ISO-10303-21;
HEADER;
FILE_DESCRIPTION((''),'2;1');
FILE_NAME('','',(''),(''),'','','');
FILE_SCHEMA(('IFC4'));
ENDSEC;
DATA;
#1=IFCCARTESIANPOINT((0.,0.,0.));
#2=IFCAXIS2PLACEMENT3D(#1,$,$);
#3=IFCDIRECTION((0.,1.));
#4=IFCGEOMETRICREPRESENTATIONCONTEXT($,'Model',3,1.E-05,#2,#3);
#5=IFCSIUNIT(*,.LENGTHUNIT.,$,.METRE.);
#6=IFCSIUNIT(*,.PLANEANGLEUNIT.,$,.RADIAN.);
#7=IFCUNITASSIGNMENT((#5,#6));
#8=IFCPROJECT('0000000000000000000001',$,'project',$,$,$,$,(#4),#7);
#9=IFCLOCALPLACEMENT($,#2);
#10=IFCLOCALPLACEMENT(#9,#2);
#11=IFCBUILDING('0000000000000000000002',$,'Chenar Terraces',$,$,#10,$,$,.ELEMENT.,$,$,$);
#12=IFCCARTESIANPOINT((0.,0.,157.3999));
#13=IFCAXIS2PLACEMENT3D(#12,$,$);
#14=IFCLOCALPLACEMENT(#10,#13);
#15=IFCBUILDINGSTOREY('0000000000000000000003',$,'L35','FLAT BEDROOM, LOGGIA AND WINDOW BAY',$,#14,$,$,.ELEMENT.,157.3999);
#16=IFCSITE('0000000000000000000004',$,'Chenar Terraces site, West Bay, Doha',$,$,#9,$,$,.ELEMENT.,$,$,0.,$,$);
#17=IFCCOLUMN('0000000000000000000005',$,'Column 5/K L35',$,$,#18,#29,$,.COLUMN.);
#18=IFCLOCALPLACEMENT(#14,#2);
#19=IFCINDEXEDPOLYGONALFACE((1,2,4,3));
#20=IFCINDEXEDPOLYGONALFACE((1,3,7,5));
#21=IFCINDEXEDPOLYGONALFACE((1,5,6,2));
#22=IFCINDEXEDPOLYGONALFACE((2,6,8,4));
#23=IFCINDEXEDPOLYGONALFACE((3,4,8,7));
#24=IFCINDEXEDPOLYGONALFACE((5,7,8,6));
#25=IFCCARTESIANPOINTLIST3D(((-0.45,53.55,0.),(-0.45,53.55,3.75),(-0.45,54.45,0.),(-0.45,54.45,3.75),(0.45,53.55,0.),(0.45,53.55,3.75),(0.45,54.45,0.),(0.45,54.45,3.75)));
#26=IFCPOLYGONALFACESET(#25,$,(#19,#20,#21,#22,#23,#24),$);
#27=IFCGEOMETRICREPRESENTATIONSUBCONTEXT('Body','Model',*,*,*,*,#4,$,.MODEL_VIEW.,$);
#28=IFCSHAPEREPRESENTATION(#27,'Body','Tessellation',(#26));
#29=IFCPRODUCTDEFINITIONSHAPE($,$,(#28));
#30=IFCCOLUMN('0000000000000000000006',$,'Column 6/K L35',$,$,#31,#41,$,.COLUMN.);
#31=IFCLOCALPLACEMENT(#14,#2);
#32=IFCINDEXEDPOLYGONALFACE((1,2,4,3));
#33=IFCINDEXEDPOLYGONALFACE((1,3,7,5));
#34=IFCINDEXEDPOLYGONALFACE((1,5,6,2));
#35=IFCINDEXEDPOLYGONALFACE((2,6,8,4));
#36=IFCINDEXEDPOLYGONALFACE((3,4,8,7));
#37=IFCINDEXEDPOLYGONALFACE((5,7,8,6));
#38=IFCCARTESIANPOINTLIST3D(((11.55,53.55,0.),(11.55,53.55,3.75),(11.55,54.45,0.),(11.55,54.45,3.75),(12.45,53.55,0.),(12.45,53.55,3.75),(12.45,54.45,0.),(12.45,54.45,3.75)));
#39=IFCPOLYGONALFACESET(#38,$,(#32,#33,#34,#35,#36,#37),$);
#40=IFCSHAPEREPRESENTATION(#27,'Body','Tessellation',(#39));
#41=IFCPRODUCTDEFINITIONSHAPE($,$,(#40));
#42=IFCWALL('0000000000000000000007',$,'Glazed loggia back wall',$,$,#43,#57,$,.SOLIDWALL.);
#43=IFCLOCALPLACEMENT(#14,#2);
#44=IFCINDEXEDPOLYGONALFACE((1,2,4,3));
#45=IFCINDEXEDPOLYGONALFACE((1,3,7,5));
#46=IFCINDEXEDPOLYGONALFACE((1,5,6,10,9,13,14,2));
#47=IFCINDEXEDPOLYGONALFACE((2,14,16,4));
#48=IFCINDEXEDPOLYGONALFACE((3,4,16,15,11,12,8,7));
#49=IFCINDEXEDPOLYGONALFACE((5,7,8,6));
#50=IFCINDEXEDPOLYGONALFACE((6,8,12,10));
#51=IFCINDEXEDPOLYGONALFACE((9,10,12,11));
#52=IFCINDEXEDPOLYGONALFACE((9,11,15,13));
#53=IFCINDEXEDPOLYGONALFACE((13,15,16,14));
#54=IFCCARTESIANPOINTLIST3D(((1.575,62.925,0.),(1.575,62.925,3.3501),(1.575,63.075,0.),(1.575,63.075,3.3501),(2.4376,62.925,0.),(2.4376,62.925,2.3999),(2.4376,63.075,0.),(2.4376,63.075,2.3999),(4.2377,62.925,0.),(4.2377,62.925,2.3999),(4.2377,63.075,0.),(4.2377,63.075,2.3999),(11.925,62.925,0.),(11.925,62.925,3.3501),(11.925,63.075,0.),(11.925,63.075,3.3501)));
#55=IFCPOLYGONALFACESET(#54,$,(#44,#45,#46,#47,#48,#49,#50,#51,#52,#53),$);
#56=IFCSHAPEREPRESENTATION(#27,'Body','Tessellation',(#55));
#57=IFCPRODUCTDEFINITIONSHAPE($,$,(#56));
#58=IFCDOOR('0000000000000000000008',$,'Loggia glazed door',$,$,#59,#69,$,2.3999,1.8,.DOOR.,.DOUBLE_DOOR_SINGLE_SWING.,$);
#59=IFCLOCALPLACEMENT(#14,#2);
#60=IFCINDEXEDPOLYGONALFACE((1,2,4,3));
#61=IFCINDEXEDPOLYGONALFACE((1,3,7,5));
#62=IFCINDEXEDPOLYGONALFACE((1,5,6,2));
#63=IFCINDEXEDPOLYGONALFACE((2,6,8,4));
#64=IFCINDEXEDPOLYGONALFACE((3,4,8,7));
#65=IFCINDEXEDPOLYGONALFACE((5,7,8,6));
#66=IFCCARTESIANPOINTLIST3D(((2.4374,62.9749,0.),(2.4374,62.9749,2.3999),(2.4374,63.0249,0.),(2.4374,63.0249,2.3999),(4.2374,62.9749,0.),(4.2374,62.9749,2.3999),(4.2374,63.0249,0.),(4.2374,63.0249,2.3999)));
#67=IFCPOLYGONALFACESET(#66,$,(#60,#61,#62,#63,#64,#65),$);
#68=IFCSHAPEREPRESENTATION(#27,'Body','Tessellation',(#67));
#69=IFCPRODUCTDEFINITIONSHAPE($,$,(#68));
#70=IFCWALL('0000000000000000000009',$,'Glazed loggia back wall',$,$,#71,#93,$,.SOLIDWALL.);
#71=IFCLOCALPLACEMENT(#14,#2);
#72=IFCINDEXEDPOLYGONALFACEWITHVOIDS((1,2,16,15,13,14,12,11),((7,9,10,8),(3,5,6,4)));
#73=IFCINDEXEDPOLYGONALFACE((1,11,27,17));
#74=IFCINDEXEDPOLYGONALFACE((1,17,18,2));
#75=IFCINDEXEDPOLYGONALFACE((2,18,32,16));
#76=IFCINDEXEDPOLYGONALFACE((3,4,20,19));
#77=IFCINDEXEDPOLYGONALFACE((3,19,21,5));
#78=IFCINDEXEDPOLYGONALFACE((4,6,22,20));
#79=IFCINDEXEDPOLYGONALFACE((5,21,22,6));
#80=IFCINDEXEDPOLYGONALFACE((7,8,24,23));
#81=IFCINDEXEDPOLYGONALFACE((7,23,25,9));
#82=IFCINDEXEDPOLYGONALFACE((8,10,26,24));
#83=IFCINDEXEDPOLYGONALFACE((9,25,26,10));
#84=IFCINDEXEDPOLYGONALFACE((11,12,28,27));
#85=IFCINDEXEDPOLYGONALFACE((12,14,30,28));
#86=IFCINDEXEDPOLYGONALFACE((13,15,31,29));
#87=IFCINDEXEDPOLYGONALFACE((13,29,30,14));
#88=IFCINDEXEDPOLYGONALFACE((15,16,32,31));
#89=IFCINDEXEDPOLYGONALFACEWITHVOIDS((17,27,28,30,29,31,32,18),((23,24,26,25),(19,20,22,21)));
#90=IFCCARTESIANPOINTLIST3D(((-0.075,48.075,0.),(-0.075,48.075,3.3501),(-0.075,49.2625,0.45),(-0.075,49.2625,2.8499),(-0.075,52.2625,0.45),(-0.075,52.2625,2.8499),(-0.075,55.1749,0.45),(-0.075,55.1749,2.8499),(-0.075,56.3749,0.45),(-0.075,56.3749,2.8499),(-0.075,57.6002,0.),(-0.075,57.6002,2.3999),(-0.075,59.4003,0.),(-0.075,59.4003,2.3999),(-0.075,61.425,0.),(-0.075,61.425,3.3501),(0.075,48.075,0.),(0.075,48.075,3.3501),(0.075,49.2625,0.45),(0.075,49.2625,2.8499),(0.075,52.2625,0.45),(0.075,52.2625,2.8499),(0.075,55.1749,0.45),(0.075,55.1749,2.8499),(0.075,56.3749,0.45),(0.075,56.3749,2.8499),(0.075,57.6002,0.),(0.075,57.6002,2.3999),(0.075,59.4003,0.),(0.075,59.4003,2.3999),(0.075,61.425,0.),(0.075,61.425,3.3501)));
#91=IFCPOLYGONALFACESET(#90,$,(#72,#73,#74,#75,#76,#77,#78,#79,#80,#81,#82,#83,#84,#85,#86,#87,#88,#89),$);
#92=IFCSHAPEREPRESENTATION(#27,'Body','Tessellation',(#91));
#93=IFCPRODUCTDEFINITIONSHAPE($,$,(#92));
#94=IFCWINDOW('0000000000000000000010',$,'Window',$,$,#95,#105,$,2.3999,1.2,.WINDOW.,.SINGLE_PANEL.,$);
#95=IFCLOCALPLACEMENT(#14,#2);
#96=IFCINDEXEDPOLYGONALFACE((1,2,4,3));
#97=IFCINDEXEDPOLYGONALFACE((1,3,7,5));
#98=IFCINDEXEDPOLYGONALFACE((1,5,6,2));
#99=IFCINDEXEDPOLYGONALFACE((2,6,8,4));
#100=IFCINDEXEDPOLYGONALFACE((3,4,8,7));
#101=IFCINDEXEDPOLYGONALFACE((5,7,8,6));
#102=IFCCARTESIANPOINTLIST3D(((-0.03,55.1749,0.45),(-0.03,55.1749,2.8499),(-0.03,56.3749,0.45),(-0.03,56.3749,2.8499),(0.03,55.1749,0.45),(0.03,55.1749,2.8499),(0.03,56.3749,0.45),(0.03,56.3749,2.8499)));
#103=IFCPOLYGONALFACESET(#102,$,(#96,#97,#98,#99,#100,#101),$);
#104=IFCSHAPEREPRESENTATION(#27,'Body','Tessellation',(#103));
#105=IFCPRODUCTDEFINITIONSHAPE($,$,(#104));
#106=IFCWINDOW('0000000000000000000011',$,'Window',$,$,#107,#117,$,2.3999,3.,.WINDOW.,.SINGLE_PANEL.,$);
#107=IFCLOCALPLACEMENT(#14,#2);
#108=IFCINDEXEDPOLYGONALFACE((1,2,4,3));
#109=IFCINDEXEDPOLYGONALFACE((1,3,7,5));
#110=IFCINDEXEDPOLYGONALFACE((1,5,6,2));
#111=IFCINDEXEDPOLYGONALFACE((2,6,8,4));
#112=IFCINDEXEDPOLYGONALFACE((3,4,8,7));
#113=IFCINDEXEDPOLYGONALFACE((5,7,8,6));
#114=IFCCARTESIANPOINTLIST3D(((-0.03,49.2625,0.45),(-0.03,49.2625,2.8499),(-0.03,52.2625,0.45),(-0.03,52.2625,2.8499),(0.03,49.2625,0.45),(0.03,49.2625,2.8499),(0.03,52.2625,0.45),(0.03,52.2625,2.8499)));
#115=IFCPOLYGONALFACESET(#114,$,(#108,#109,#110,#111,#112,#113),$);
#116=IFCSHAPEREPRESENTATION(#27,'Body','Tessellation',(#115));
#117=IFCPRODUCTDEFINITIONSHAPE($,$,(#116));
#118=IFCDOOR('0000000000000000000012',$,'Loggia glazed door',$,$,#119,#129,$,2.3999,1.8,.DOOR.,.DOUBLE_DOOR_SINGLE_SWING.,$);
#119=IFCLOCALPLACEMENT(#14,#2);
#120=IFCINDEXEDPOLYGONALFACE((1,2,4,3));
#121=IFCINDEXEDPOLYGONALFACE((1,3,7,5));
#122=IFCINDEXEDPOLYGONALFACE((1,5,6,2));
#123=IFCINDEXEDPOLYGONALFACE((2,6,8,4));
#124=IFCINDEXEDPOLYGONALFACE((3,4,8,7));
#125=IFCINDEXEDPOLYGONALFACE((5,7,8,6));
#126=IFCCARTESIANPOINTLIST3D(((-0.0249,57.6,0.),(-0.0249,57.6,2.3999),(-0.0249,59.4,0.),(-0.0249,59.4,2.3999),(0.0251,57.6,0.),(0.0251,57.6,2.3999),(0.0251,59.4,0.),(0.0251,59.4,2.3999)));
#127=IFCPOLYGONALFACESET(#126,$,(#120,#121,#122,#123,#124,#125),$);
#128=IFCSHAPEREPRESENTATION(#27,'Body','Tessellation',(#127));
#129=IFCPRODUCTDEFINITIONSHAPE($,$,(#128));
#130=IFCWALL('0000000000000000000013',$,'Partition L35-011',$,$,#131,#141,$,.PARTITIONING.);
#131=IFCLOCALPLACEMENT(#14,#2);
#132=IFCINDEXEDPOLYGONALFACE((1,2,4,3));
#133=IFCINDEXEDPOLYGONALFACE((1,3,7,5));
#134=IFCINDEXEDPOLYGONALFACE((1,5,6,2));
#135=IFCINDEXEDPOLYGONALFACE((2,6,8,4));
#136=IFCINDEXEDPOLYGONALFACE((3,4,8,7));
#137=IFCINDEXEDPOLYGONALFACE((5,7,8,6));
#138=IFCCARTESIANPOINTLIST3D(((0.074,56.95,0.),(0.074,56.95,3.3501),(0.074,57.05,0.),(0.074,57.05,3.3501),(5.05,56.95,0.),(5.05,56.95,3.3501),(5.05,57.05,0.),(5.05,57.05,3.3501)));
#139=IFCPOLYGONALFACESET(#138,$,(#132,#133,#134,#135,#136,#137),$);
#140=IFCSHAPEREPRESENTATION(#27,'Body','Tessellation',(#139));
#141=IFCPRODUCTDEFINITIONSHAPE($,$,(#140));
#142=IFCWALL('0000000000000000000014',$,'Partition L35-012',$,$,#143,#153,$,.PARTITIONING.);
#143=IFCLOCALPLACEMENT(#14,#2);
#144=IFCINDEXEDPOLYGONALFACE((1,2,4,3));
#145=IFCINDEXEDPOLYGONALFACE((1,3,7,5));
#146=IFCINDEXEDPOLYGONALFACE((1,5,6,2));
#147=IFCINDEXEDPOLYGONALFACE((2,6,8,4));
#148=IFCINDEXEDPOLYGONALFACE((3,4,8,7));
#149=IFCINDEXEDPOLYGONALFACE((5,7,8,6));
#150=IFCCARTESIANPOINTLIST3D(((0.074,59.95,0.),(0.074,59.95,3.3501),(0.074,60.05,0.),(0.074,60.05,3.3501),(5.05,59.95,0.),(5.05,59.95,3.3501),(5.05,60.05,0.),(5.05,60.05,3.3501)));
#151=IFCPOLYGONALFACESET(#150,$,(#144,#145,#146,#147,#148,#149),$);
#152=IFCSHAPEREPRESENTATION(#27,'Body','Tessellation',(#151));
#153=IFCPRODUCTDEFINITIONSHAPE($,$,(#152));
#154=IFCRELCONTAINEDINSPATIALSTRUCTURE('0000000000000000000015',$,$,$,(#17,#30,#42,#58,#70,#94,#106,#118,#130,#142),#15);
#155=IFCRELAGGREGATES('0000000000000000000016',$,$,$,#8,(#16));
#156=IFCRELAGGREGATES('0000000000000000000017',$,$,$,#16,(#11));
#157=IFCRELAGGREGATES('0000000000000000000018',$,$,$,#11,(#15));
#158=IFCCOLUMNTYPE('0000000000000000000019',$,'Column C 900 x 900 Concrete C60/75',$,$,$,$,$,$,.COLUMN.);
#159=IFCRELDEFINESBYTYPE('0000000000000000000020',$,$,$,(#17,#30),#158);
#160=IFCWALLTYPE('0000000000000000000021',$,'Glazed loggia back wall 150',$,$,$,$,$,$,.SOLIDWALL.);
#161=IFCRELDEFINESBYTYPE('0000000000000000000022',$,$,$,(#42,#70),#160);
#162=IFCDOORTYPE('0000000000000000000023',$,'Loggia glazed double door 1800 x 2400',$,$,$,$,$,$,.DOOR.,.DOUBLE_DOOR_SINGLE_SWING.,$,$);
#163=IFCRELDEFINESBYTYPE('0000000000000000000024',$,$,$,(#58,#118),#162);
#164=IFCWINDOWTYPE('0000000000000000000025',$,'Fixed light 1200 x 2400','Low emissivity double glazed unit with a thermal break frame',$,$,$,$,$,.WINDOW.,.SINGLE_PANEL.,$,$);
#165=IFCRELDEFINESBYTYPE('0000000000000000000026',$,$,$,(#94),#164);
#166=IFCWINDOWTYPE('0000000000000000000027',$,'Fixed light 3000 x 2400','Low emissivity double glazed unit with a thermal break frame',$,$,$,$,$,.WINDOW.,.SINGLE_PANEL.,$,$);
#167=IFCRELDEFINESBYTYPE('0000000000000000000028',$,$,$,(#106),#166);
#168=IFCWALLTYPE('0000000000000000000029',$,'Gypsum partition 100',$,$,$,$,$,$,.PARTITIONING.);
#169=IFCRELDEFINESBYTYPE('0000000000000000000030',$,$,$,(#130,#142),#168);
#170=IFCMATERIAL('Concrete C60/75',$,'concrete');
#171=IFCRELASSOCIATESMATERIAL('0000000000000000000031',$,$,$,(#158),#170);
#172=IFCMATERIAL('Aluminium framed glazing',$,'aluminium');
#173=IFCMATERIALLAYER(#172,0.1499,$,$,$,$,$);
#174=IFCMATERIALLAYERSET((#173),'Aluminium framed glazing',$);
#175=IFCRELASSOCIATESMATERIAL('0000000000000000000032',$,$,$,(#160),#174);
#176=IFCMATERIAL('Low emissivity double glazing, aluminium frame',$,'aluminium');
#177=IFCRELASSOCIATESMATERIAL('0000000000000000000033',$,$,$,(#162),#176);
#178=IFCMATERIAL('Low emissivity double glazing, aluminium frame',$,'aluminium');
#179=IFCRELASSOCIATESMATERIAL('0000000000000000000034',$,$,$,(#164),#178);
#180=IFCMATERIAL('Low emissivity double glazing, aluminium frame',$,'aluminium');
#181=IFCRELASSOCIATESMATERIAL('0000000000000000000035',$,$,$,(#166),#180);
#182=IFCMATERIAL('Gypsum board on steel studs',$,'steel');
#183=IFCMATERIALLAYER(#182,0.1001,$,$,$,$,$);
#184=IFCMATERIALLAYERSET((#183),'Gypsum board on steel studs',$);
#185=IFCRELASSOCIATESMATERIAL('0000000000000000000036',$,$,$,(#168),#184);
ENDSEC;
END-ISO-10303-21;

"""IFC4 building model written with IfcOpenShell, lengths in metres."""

from ifc_helpers import new_model, si_unit, direction, frame, frame_2d, origin, origin_2d, place, context, subcontext, project, spatial, rectangle, extrude, material, layer, layer_set, material_profile, profile_set, type_object, element, fill, save


model = new_model("IFC4")

# Units and contexts
model_context = context("Model", 3, precision=1e-05, world=origin(), true_north=direction((0.0, 1.0)))
body_context = subcontext(model_context, "Body", "Model", "MODEL_VIEW")
ifc_project = project(units=[si_unit("LENGTHUNIT", "METRE"), si_unit("PLANEANGLEUNIT", "RADIAN")], contexts=[model_context])

# Site, building, storey
site_placement = place(None, origin())
site = spatial("IfcSite", under=ifc_project, at=site_placement, Name="Chenar Terraces site, West Bay, Doha", CompositionType="ELEMENT", RefElevation=0.0)
building_placement = place(site_placement, origin())
building = spatial("IfcBuilding", under=site, at=building_placement, Name="Chenar Terraces", CompositionType="ELEMENT")
storey_placement = place(building_placement, frame((0.0, 0.0, 157.3999)))
storey = spatial("IfcBuildingStorey", under=building, at=storey_placement, Name="L35", Description="FLAT BEDROOM, LOGGIA AND WINDOW BAY", CompositionType="ELEMENT", Elevation=157.3999)

# Columns
ifc_material_1 = material(Name="Concrete C60/75", Category="concrete")
ifc_material_profile_1 = material_profile(ifc_material_1, rectangle(XDim=0.8999, YDim=0.8999, at=origin_2d()), Name="C 900 x 900")
ifc_profile_set_1 = profile_set([ifc_material_profile_1], Name="Concrete C60/75")
column_type = type_object("IfcColumnType", Name="Column C 900 x 900 Concrete C60/75", PredefinedType="COLUMN", material=ifc_profile_set_1)
for number, where, z_axis, x_axis, name in (
    (1, (0.0, 54.0, 0.0), (0.0, 0.0, 1.0), (1.0, 0.0, 0.0), "Column 5/K L35"),
    (2, (12.0, 54.0, 0.0), (0.0, 0.0, 1.0), (1.0, 0.0, 0.0), "Column 6/K L35"),
):
    element("IfcColumn", number, at=place(storey_placement, frame(where, z_axis=z_axis, x_axis=x_axis)), inside=storey, type_object=column_type, Name=name, PredefinedType="COLUMN", context=body_context, shape_type="SweptSolid", body=[
        extrude(rectangle(XDim=0.8999, YDim=0.8999, at=origin_2d()), origin(), (0.0, 0.0, 1.0), 3.75),
    ])

# Wall, opening, door
ifc_material_2 = material(Name="Aluminium framed glazing", Category="aluminium")
ifc_layer_1 = layer(ifc_material_2, 0.1499)
ifc_layer_set_1 = layer_set([ifc_layer_1], Name="Aluminium framed glazing")
wall_type_1 = type_object("IfcWallType", Name="Glazed loggia back wall 150", PredefinedType="SOLIDWALL", material=ifc_layer_set_1)
wall_1_placement = place(storey_placement, frame((11.925, 63.0, 0.0), z_axis=(0.0, 0.0, 1.0), x_axis=(-1.0, 0.0, 0.0)))
wall_1 = element("IfcWall", 3, at=wall_1_placement, inside=storey, type_object=wall_type_1, Name="Glazed loggia back wall", PredefinedType="SOLIDWALL", context=body_context, shape_type="SweptSolid", body=[
    extrude(rectangle(XDim=10.3501, YDim=0.1499, at=frame_2d((5.175, 0.0))), origin(), (0.0, 0.0, 1.0), 3.3501),
])
opening_1_placement = place(wall_1_placement, frame((7.6875, 0.0, 0.0)))
opening_1 = element("IfcOpeningElement", 4, at=opening_1_placement, cuts=wall_1, PredefinedType="OPENING", context=body_context, shape_type="SweptSolid", body=[
    extrude(rectangle(XDim=1.8, YDim=2.3999, at=frame_2d((0.8999, 1.2))), frame((0.0, 0.085, 0.0), z_axis=(0.0, -1.0, 0.0), x_axis=(1.0, 0.0, 0.0)), (0.0, 0.0, 1.0), 0.1699),
])
ifc_material_3 = material(Name="Low emissivity double glazing, aluminium frame", Category="aluminium")
door_type_1 = type_object("IfcDoorType", Name="Loggia glazed double door 1800 x 2400", OperationType="DOUBLE_DOOR_SINGLE_SWING", PredefinedType="DOOR", material=ifc_material_3)
door_1_placement = place(opening_1_placement, frame((1.8, 0.0, 0.0), z_axis=(0.0, 0.0, 1.0), x_axis=(-1.0, 0.0, 0.0)))
door_1 = element("IfcDoor", 5, at=door_1_placement, inside=storey, type_object=door_type_1, Name="Loggia glazed door", OperationType="DOUBLE_DOOR_SINGLE_SWING", OverallHeight=2.3999, OverallWidth=1.8, PredefinedType="DOOR", context=body_context, shape_type="SweptSolid", body=[
    extrude(rectangle(XDim=1.8, YDim=2.3999, at=frame_2d((0.8999, 1.2))), frame((0.0, 0.0249, 0.0), z_axis=(0.0, -1.0, 0.0), x_axis=(1.0, 0.0, 0.0)), (0.0, 0.0, 1.0), 0.05),
])
fill(opening_1, door_1)

# Wall, openings, windows, door
wall_2_placement = place(storey_placement, frame((0.0, 61.425, 0.0), z_axis=(0.0, 0.0, 1.0), x_axis=(0.0, -1.0, 0.0)))
wall_2 = element("IfcWall", 6, at=wall_2_placement, inside=storey, type_object=wall_type_1, Name="Glazed loggia back wall", PredefinedType="SOLIDWALL", context=body_context, shape_type="SweptSolid", body=[
    extrude(rectangle(XDim=13.3501, YDim=0.1499, at=frame_2d((6.675, 0.0))), origin(), (0.0, 0.0, 1.0), 3.3501),
])
opening_2_placement = place(wall_2_placement, frame((2.0249, 0.0, 0.0)))
opening_2 = element("IfcOpeningElement", 7, at=opening_2_placement, cuts=wall_2, PredefinedType="OPENING", context=body_context, shape_type="SweptSolid", body=[
    extrude(rectangle(XDim=1.8, YDim=2.3999, at=frame_2d((0.8999, 1.2))), frame((0.0, 0.085, 0.0), z_axis=(0.0, -1.0, 0.0), x_axis=(1.0, 0.0, 0.0)), (0.0, 0.0, 1.0), 0.1699),
])
opening_3_placement = place(wall_2_placement, frame((5.05, 0.0, 0.45)))
opening_3 = element("IfcOpeningElement", 8, at=opening_3_placement, cuts=wall_2, PredefinedType="OPENING", context=body_context, shape_type="SweptSolid", body=[
    extrude(rectangle(XDim=1.2, YDim=2.3999, at=frame_2d((0.6001, 1.2))), frame((0.0, 0.085, 0.0), z_axis=(0.0, -1.0, 0.0), x_axis=(1.0, 0.0, 0.0)), (0.0, 0.0, 1.0), 0.1699),
])
opening_4_placement = place(wall_2_placement, frame((9.1626, 0.0, 0.45)))
opening_4 = element("IfcOpeningElement", 9, at=opening_4_placement, cuts=wall_2, PredefinedType="OPENING", context=body_context, shape_type="SweptSolid", body=[
    extrude(rectangle(XDim=3.0, YDim=2.3999, at=frame_2d((1.5, 1.2))), frame((0.0, 0.085, 0.0), z_axis=(0.0, -1.0, 0.0), x_axis=(1.0, 0.0, 0.0)), (0.0, 0.0, 1.0), 0.1699),
])
ifc_material_4 = material(Name="Low emissivity double glazing, aluminium frame", Category="aluminium")
window_type_1 = type_object("IfcWindowType", Name="Fixed light 1200 x 2400", Description="Low emissivity double glazed unit with a thermal break frame", PartitioningType="SINGLE_PANEL", PredefinedType="WINDOW", material=ifc_material_4)
window_1_placement = place(opening_3_placement, origin())
window_1 = element("IfcWindow", 10, at=window_1_placement, inside=storey, type_object=window_type_1, Name="Window", OverallHeight=2.3999, OverallWidth=1.2, PartitioningType="SINGLE_PANEL", PredefinedType="WINDOW", context=body_context, shape_type="SweptSolid", body=[
    extrude(rectangle(XDim=1.2, YDim=2.3999, at=frame_2d((0.6001, 1.2))), frame((0.0, 0.03, 0.0), z_axis=(0.0, -1.0, 0.0), x_axis=(1.0, 0.0, 0.0)), (0.0, 0.0, 1.0), 0.0601),
])
fill(opening_3, window_1)
ifc_material_5 = material(Name="Low emissivity double glazing, aluminium frame", Category="aluminium")
window_type_2 = type_object("IfcWindowType", Name="Fixed light 3000 x 2400", Description="Low emissivity double glazed unit with a thermal break frame", PartitioningType="SINGLE_PANEL", PredefinedType="WINDOW", material=ifc_material_5)
window_2_placement = place(opening_4_placement, origin())
window_2 = element("IfcWindow", 11, at=window_2_placement, inside=storey, type_object=window_type_2, Name="Window", OverallHeight=2.3999, OverallWidth=3.0, PartitioningType="SINGLE_PANEL", PredefinedType="WINDOW", context=body_context, shape_type="SweptSolid", body=[
    extrude(rectangle(XDim=3.0, YDim=2.3999, at=frame_2d((1.5, 1.2))), frame((0.0, 0.03, 0.0), z_axis=(0.0, -1.0, 0.0), x_axis=(1.0, 0.0, 0.0)), (0.0, 0.0, 1.0), 0.0601),
])
fill(opening_4, window_2)
door_2_placement = place(opening_2_placement, frame((1.8, 0.0, 0.0), z_axis=(0.0, 0.0, 1.0), x_axis=(-1.0, 0.0, 0.0)))
door_2 = element("IfcDoor", 12, at=door_2_placement, inside=storey, type_object=door_type_1, Name="Loggia glazed door", OperationType="DOUBLE_DOOR_SINGLE_SWING", OverallHeight=2.3999, OverallWidth=1.8, PredefinedType="DOOR", context=body_context, shape_type="SweptSolid", body=[
    extrude(rectangle(XDim=1.8, YDim=2.3999, at=frame_2d((0.8999, 1.2))), frame((0.0, 0.0249, 0.0), z_axis=(0.0, -1.0, 0.0), x_axis=(1.0, 0.0, 0.0)), (0.0, 0.0, 1.0), 0.05),
])
fill(opening_2, door_2)

# Walls
ifc_material_6 = material(Name="Gypsum board on steel studs", Category="steel")
ifc_layer_2 = layer(ifc_material_6, 0.1001)
ifc_layer_set_2 = layer_set([ifc_layer_2], Name="Gypsum board on steel studs")
wall_type_2 = type_object("IfcWallType", Name="Gypsum partition 100", PredefinedType="PARTITIONING", material=ifc_layer_set_2)
for number, where, z_axis, x_axis, name in (
    (13, (0.074, 57.0, 0.0), (0.0, 0.0, 1.0), (1.0, 0.0, 0.0), "Partition L35-011"),
    (14, (0.074, 60.0, 0.0), (0.0, 0.0, 1.0), (1.0, 0.0, 0.0), "Partition L35-012"),
):
    element("IfcWall", number, at=place(storey_placement, frame(where, z_axis=z_axis, x_axis=x_axis)), inside=storey, type_object=wall_type_2, Name=name, PredefinedType="PARTITIONING", context=body_context, shape_type="SweptSolid", body=[
        extrude(rectangle(XDim=4.9761, YDim=0.1001, at=frame_2d((2.488, 0.0))), origin(), (0.0, 0.0, 1.0), 3.3501),
    ])

save(model, "model.ifc")
